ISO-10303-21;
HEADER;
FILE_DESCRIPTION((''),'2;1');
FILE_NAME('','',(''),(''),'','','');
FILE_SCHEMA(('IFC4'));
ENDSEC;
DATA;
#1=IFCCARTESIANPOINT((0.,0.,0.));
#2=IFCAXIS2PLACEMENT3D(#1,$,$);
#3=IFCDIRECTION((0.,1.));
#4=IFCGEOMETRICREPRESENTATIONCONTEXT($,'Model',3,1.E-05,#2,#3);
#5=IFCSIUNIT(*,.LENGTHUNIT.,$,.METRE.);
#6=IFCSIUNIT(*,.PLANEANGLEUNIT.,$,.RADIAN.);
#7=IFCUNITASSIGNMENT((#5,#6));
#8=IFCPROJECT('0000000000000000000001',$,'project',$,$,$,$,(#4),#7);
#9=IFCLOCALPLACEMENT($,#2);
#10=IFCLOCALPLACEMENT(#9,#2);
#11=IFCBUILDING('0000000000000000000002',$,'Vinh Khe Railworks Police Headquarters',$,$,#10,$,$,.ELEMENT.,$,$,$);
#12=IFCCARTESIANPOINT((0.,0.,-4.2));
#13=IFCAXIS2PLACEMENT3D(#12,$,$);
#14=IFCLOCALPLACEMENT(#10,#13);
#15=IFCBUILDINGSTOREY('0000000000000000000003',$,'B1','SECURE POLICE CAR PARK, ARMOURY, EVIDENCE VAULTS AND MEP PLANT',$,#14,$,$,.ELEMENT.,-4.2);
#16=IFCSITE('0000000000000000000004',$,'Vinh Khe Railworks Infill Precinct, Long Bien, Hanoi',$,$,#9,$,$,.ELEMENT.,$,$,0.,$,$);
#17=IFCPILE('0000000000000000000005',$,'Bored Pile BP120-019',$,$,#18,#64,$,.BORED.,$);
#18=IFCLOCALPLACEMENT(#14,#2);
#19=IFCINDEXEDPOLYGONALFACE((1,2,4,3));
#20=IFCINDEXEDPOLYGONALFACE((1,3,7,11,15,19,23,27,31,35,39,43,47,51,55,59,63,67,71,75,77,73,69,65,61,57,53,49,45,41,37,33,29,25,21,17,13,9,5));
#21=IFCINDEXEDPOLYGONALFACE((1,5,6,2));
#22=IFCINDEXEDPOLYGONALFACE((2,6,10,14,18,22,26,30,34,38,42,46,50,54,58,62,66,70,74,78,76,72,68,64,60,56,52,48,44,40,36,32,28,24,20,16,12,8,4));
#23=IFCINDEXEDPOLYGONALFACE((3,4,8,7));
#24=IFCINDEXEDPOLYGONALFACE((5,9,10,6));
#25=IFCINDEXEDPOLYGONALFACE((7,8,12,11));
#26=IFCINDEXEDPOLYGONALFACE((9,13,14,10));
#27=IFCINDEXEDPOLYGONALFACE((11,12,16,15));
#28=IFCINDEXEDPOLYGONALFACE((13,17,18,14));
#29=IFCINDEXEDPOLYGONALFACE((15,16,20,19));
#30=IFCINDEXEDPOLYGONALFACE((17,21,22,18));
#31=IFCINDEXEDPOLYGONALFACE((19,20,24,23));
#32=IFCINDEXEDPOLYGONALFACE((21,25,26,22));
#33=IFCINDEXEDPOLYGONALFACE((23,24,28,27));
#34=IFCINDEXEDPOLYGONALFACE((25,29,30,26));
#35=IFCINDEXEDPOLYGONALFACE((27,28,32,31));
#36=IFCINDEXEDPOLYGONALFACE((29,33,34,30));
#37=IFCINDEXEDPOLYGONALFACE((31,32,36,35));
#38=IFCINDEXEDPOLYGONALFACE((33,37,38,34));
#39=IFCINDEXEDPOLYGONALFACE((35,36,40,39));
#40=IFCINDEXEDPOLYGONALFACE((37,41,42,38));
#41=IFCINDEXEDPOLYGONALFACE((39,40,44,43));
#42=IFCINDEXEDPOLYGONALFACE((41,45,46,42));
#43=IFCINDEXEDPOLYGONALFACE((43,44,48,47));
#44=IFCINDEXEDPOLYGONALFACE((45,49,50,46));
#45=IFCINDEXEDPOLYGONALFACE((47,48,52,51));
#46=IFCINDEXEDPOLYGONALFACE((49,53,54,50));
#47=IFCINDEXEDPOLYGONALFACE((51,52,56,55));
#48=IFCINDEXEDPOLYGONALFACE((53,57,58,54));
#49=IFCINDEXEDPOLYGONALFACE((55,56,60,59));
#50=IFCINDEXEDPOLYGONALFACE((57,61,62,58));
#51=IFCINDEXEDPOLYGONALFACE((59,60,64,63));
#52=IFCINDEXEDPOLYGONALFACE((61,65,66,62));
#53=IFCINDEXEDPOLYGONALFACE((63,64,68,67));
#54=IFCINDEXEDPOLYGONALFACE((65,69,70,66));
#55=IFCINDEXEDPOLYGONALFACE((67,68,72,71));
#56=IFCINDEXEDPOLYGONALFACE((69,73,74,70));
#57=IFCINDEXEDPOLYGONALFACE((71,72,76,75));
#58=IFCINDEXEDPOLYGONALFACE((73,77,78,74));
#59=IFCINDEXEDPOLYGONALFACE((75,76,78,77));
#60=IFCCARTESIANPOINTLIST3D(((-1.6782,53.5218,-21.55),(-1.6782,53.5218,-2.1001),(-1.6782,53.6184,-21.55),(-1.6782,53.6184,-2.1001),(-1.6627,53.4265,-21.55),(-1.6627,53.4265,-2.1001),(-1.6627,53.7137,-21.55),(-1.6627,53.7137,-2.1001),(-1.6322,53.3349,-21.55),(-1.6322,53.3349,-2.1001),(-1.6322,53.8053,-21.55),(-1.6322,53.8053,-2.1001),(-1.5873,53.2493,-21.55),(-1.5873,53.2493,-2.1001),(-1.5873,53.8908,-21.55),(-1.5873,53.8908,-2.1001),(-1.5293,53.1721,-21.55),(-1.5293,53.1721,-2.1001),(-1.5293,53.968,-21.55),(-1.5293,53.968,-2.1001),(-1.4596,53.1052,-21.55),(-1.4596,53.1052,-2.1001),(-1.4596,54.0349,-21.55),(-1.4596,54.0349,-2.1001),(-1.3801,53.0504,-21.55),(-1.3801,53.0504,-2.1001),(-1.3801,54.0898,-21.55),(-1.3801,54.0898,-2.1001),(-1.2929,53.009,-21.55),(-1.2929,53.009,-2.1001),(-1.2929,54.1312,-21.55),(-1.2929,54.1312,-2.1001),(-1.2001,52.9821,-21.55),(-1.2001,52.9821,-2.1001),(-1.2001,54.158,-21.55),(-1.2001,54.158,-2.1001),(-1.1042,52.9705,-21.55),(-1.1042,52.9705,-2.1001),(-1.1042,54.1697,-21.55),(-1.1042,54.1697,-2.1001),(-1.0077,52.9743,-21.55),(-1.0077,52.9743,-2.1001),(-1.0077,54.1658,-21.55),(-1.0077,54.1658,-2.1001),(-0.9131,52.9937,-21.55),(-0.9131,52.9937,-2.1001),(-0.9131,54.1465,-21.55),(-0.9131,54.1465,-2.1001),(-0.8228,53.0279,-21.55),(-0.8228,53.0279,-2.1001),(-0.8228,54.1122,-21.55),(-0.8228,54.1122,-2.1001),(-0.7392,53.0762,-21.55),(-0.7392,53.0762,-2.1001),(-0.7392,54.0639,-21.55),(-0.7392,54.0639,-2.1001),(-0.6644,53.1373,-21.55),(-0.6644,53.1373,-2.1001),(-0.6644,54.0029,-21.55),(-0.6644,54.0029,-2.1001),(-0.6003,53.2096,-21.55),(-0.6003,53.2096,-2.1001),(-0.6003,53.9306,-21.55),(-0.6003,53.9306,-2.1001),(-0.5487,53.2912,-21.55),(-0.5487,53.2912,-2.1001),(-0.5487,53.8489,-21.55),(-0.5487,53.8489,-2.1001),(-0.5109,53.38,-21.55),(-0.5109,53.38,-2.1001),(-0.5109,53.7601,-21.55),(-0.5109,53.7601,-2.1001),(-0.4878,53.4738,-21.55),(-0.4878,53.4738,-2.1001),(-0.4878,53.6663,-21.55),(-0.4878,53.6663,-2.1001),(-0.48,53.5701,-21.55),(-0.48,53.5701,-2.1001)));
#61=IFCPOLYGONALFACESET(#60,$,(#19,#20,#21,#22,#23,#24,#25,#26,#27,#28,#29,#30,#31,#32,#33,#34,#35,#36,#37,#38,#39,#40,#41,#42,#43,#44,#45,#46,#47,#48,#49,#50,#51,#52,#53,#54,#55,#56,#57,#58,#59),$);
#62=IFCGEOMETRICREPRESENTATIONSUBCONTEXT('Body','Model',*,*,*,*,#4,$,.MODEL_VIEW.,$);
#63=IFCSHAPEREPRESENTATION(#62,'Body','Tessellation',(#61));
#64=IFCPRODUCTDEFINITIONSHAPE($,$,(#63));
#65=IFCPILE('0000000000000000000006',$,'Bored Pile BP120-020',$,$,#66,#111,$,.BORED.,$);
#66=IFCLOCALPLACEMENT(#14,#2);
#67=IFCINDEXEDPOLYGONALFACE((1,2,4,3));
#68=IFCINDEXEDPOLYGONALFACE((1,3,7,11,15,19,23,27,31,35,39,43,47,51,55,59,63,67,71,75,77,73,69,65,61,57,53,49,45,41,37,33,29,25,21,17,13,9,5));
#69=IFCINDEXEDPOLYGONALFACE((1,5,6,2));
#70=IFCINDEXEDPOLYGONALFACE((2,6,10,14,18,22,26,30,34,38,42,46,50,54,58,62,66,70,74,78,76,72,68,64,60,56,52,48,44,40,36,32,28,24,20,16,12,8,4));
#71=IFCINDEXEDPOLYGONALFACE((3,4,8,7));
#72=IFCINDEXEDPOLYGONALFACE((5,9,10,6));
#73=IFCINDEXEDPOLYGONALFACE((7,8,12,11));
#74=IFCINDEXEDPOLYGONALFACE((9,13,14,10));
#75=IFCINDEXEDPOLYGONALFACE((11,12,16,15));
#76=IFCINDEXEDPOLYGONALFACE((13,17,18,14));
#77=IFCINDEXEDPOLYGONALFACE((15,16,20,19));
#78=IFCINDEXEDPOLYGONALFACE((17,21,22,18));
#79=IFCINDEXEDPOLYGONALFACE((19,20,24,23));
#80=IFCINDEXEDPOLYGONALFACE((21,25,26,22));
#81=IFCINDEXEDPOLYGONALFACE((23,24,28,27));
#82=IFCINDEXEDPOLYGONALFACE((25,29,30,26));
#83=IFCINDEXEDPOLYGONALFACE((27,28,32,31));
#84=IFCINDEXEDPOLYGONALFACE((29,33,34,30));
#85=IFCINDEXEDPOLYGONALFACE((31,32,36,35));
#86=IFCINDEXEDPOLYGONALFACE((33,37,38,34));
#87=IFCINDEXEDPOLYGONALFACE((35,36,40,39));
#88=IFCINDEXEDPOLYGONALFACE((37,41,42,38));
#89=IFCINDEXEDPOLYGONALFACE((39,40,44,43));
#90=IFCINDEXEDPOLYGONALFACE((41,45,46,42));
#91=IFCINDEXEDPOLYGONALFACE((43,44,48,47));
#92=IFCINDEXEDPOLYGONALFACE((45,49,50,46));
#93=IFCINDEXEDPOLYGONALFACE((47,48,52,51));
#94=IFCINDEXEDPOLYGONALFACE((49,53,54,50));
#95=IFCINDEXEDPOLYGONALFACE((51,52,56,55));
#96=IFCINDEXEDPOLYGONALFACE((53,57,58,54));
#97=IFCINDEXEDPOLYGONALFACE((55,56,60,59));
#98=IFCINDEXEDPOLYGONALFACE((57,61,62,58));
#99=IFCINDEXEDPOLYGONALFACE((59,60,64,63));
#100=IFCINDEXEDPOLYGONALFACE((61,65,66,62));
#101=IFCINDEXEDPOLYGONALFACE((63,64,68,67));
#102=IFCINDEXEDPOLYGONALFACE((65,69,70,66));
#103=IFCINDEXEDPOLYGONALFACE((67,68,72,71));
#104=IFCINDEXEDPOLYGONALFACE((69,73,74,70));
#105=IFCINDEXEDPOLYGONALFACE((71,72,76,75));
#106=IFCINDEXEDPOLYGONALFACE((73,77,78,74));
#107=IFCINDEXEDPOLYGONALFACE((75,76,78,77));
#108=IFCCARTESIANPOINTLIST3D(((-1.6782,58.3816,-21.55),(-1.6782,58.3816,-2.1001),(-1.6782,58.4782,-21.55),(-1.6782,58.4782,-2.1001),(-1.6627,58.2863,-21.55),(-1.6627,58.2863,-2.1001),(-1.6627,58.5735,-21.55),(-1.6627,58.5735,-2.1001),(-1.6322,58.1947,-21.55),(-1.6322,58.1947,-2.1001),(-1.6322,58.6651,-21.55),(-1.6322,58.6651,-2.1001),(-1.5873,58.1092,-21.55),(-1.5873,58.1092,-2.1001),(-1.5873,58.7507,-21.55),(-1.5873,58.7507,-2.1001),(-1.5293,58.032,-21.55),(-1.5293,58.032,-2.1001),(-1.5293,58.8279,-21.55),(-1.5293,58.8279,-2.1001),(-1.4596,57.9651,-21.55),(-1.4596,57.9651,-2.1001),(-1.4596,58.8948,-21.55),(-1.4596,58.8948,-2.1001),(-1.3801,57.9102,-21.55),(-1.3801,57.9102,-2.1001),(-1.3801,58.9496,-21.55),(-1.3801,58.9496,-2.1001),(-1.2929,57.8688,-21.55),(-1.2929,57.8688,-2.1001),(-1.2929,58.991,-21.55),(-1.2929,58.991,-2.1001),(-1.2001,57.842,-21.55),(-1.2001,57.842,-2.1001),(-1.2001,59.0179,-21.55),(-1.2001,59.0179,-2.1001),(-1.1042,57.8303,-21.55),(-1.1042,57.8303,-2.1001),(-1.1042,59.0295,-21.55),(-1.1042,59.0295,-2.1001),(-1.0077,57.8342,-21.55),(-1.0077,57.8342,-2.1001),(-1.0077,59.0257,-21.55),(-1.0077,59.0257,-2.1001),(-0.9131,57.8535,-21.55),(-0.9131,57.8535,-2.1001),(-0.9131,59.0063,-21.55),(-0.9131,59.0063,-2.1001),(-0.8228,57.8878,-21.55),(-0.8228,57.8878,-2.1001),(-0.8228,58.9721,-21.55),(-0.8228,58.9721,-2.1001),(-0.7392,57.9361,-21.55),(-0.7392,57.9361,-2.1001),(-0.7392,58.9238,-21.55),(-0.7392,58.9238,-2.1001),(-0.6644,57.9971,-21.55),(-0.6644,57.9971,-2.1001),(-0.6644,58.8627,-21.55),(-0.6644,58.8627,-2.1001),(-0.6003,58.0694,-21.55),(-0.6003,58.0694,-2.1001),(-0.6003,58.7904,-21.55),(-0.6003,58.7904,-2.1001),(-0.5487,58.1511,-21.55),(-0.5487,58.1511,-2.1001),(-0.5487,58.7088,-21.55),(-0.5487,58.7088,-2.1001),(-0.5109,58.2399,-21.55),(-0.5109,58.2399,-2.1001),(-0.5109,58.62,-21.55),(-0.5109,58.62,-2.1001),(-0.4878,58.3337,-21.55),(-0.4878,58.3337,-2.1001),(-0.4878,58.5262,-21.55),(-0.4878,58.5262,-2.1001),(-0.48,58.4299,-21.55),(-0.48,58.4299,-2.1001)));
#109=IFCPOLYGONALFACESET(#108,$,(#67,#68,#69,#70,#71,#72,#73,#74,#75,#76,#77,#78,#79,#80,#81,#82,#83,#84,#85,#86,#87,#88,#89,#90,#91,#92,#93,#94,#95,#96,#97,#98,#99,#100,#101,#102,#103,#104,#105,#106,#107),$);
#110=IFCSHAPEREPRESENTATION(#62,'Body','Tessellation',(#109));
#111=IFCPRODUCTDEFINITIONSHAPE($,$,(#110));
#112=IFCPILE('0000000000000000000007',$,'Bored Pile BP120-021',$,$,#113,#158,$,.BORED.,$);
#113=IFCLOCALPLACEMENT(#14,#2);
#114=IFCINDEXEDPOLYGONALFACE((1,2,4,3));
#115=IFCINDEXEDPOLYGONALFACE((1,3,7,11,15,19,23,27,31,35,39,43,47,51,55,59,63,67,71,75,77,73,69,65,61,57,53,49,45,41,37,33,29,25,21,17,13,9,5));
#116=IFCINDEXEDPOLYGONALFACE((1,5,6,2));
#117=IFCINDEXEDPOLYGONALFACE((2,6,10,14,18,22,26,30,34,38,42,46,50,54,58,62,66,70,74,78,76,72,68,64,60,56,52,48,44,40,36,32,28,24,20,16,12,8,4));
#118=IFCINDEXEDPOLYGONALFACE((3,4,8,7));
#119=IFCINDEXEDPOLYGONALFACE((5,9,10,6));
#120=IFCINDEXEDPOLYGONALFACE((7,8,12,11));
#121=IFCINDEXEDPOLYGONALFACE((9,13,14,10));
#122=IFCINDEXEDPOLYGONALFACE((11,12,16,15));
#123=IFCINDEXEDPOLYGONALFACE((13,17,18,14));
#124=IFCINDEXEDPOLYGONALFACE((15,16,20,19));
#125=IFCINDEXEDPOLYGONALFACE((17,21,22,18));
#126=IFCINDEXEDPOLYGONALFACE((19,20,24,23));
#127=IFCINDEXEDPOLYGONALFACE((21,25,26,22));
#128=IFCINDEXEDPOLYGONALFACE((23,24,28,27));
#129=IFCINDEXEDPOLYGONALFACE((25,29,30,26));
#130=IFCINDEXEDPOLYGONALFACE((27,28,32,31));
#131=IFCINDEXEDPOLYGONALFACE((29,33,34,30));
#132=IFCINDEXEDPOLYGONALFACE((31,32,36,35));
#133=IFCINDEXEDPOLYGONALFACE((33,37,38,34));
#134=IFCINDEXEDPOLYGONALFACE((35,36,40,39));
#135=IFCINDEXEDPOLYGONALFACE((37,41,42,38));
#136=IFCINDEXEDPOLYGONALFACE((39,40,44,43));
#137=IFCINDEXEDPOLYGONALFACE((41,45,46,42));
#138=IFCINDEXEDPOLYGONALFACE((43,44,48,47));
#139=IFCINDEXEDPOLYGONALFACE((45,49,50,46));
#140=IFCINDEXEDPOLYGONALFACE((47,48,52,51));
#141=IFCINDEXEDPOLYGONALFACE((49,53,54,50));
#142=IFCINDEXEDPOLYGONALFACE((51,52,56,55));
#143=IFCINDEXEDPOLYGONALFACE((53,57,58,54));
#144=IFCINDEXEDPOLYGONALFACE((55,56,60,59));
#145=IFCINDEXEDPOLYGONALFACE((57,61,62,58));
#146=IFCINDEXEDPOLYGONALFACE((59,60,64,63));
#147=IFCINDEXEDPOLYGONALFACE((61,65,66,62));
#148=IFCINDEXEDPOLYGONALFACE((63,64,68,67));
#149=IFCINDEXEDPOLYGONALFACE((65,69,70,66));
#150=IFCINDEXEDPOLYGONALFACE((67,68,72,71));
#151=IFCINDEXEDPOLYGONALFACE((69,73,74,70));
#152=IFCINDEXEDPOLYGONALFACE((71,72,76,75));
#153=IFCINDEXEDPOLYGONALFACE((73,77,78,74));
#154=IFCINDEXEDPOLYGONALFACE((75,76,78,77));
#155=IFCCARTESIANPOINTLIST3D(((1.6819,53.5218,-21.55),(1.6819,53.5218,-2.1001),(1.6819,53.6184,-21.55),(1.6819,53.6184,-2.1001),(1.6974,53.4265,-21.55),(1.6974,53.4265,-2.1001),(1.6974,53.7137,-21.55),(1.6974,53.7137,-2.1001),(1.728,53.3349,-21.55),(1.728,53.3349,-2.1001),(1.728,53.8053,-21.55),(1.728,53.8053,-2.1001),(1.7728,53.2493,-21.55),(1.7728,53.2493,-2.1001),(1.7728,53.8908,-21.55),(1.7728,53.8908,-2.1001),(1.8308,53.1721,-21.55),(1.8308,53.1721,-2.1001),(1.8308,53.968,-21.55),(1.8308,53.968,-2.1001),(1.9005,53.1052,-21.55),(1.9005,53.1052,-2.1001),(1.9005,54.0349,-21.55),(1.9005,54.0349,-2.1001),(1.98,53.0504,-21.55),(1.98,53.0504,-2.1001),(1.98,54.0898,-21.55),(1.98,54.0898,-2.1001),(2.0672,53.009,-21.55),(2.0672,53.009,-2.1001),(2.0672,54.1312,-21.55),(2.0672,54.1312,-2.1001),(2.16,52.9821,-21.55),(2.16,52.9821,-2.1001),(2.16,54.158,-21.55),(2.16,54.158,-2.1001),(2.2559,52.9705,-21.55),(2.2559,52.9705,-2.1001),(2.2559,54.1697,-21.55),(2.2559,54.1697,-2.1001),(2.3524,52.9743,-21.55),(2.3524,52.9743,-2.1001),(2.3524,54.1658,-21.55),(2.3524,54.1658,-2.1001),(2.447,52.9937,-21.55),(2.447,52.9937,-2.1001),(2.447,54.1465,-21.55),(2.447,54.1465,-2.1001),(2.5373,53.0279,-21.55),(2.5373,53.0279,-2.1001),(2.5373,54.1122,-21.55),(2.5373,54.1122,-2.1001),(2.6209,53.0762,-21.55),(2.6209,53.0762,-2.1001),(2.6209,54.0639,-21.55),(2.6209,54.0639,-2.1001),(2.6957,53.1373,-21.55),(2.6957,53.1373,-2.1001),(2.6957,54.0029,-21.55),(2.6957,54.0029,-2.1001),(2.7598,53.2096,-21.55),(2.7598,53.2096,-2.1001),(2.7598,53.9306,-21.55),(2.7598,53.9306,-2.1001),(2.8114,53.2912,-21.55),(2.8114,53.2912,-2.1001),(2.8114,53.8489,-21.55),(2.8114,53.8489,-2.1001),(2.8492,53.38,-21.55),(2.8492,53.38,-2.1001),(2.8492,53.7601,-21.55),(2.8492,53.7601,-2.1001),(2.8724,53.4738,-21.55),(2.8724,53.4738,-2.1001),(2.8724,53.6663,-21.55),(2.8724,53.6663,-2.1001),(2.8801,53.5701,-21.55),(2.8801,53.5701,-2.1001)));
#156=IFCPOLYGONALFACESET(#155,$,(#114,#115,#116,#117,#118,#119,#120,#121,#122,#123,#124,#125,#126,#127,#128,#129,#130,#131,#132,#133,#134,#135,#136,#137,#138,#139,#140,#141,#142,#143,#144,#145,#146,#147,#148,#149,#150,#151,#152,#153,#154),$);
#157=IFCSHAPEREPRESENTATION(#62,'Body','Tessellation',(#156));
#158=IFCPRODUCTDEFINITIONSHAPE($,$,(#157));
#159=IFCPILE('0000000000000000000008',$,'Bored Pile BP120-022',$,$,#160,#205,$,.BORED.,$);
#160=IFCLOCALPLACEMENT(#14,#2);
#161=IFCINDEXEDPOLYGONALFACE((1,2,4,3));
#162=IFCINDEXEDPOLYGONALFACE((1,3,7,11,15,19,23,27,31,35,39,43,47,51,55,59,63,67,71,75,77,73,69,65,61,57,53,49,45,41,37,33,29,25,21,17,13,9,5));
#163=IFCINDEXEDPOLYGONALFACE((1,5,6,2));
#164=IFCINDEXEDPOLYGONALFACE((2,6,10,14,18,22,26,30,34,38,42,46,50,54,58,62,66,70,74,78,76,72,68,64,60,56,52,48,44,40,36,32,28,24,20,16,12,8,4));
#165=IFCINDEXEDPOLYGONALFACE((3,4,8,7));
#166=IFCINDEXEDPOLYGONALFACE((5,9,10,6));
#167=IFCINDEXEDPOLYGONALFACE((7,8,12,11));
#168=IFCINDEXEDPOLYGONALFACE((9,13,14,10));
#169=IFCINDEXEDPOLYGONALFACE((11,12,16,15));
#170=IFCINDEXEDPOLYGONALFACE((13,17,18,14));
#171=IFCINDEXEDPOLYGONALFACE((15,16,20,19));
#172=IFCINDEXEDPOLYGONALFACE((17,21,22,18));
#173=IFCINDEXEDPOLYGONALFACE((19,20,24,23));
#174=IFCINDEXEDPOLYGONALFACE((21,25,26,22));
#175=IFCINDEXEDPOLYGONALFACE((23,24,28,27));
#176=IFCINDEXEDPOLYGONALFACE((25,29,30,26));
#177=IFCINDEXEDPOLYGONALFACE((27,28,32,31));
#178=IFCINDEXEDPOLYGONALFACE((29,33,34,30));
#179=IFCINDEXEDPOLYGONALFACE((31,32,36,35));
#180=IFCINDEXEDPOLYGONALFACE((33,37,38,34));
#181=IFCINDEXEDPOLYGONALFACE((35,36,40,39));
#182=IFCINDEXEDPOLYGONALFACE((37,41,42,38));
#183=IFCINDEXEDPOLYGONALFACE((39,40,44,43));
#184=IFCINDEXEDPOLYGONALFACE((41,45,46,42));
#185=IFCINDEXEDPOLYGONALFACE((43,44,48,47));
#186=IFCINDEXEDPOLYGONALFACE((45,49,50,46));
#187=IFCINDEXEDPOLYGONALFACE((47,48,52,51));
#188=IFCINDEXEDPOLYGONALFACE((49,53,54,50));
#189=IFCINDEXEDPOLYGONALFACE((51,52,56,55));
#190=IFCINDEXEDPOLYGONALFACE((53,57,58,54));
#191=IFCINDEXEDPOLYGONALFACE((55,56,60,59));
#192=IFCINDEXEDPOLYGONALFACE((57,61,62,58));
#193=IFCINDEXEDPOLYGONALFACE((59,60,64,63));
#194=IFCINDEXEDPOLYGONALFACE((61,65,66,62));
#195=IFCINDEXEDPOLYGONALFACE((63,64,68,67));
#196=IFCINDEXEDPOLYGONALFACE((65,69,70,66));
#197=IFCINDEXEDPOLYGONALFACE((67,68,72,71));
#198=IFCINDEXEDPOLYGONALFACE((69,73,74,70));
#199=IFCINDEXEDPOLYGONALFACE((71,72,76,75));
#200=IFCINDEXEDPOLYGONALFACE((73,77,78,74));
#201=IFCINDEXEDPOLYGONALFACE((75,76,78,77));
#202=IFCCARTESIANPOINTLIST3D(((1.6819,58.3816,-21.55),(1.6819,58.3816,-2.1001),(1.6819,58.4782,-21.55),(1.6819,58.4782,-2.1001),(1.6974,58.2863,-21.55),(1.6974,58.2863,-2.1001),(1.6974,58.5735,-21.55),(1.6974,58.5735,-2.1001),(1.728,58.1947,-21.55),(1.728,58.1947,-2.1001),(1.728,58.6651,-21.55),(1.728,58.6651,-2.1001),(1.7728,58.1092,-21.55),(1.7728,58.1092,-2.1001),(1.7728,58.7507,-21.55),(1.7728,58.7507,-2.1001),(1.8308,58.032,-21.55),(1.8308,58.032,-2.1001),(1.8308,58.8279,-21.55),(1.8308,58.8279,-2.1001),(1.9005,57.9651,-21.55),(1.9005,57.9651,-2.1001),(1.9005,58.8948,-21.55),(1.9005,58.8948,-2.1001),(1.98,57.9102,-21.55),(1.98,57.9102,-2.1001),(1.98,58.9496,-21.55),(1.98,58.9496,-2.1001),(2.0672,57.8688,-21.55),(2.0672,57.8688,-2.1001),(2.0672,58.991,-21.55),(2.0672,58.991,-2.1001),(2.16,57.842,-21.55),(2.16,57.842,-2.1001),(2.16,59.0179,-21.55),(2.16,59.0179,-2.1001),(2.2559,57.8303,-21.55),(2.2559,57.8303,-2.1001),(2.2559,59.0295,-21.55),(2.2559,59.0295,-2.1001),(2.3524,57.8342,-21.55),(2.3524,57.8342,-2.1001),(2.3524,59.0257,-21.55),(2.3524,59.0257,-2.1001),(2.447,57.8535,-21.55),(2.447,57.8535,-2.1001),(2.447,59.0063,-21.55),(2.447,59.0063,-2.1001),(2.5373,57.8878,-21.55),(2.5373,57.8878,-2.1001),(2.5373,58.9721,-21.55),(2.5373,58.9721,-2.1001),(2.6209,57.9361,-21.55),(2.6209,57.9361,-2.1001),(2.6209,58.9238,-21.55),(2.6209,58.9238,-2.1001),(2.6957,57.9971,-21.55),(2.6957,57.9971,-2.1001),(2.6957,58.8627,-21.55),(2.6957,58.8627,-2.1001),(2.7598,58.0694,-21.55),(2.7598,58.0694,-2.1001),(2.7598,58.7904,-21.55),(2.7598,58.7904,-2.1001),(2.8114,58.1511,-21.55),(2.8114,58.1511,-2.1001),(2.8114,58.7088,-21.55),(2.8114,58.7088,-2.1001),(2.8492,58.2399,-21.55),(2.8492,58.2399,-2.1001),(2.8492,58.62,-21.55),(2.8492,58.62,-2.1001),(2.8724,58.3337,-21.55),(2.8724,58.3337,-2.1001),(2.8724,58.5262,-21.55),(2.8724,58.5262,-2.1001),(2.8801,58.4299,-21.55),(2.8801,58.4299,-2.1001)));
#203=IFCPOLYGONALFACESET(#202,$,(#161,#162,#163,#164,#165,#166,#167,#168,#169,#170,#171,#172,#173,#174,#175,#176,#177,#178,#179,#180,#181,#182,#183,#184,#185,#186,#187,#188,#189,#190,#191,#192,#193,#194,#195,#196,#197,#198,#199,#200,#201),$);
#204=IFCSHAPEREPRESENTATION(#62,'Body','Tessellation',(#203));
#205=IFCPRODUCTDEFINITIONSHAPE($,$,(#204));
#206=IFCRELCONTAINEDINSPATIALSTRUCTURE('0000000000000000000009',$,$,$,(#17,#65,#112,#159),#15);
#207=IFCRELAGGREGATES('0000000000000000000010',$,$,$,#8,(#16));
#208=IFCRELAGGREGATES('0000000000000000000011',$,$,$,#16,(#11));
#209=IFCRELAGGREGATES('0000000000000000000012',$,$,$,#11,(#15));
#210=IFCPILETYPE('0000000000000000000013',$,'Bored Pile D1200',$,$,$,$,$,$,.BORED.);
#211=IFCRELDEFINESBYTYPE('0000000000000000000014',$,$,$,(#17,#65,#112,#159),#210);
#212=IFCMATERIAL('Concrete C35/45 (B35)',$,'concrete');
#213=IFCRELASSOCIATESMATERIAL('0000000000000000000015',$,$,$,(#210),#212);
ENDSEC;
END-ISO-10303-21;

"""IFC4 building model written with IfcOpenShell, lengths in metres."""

from ifc_helpers import new_model, si_unit, direction, frame, origin, origin_2d, place, context, subcontext, project, spatial, circle, extrude, material, material_profile, profile_set, type_object, element, save


model = new_model("IFC4")

# Units and contexts
model_context = context("Model", 3, precision=1e-05, world=origin(), true_north=direction((0.0, 1.0)))
body_context = subcontext(model_context, "Body", "Model", "MODEL_VIEW")
ifc_project = project(units=[si_unit("LENGTHUNIT", "METRE"), si_unit("PLANEANGLEUNIT", "RADIAN")], contexts=[model_context])

# Site, building, storey
site_placement = place(None, origin())
site = spatial("IfcSite", under=ifc_project, at=site_placement, Name="Vinh Khe Railworks Infill Precinct, Long Bien, Hanoi", CompositionType="ELEMENT", RefElevation=0.0)
building_placement = place(site_placement, origin())
building = spatial("IfcBuilding", under=site, at=building_placement, Name="Vinh Khe Railworks Police Headquarters", CompositionType="ELEMENT")
storey_placement = place(building_placement, frame((0.0, 0.0, -4.2)))
storey = spatial("IfcBuildingStorey", under=building, at=storey_placement, Name="B1", Description="SECURE POLICE CAR PARK, ARMOURY, EVIDENCE VAULTS AND MEP PLANT", CompositionType="ELEMENT", Elevation=-4.2)

# Piles
ifc_material_1 = material(Name="Concrete C35/45 (B35)", Category="concrete")
ifc_material_profile_1 = material_profile(ifc_material_1, circle(Radius=0.6001, at=origin_2d()), Name="BORED PILE D1200")
ifc_profile_set_1 = profile_set([ifc_material_profile_1], Name="Concrete C35/45 (B35)")
pile_type_1 = type_object("IfcPileType", Name="Bored Pile D1200", PredefinedType="BORED", material=ifc_profile_set_1)
for number, where, z_axis, x_axis, name in (
    (1, (-1.0801, 53.5701, -2.1001), (0.0, 0.0, -1.0), (1.0, 0.0, 0.0), "Bored Pile BP120-019"),
    (2, (-1.0801, 58.4299, -2.1001), (0.0, 0.0, -1.0), (1.0, 0.0, 0.0), "Bored Pile BP120-020"),
    (3, (2.28, 53.5701, -2.1001), (0.0, 0.0, -1.0), (1.0, 0.0, 0.0), "Bored Pile BP120-021"),
    (4, (2.28, 58.4299, -2.1001), (0.0, 0.0, -1.0), (1.0, 0.0, 0.0), "Bored Pile BP120-022"),
):
    element("IfcPile", number, at=place(storey_placement, frame(where, z_axis=z_axis, x_axis=x_axis)), inside=storey, type_object=pile_type_1, Name=name, PredefinedType="BORED", context=body_context, shape_type="SweptSolid", body=[
        extrude(circle(Radius=0.6001, at=origin_2d()), origin(), (0.0, 0.0, 1.0), 19.45),
    ])

save(model, "model.ifc")
